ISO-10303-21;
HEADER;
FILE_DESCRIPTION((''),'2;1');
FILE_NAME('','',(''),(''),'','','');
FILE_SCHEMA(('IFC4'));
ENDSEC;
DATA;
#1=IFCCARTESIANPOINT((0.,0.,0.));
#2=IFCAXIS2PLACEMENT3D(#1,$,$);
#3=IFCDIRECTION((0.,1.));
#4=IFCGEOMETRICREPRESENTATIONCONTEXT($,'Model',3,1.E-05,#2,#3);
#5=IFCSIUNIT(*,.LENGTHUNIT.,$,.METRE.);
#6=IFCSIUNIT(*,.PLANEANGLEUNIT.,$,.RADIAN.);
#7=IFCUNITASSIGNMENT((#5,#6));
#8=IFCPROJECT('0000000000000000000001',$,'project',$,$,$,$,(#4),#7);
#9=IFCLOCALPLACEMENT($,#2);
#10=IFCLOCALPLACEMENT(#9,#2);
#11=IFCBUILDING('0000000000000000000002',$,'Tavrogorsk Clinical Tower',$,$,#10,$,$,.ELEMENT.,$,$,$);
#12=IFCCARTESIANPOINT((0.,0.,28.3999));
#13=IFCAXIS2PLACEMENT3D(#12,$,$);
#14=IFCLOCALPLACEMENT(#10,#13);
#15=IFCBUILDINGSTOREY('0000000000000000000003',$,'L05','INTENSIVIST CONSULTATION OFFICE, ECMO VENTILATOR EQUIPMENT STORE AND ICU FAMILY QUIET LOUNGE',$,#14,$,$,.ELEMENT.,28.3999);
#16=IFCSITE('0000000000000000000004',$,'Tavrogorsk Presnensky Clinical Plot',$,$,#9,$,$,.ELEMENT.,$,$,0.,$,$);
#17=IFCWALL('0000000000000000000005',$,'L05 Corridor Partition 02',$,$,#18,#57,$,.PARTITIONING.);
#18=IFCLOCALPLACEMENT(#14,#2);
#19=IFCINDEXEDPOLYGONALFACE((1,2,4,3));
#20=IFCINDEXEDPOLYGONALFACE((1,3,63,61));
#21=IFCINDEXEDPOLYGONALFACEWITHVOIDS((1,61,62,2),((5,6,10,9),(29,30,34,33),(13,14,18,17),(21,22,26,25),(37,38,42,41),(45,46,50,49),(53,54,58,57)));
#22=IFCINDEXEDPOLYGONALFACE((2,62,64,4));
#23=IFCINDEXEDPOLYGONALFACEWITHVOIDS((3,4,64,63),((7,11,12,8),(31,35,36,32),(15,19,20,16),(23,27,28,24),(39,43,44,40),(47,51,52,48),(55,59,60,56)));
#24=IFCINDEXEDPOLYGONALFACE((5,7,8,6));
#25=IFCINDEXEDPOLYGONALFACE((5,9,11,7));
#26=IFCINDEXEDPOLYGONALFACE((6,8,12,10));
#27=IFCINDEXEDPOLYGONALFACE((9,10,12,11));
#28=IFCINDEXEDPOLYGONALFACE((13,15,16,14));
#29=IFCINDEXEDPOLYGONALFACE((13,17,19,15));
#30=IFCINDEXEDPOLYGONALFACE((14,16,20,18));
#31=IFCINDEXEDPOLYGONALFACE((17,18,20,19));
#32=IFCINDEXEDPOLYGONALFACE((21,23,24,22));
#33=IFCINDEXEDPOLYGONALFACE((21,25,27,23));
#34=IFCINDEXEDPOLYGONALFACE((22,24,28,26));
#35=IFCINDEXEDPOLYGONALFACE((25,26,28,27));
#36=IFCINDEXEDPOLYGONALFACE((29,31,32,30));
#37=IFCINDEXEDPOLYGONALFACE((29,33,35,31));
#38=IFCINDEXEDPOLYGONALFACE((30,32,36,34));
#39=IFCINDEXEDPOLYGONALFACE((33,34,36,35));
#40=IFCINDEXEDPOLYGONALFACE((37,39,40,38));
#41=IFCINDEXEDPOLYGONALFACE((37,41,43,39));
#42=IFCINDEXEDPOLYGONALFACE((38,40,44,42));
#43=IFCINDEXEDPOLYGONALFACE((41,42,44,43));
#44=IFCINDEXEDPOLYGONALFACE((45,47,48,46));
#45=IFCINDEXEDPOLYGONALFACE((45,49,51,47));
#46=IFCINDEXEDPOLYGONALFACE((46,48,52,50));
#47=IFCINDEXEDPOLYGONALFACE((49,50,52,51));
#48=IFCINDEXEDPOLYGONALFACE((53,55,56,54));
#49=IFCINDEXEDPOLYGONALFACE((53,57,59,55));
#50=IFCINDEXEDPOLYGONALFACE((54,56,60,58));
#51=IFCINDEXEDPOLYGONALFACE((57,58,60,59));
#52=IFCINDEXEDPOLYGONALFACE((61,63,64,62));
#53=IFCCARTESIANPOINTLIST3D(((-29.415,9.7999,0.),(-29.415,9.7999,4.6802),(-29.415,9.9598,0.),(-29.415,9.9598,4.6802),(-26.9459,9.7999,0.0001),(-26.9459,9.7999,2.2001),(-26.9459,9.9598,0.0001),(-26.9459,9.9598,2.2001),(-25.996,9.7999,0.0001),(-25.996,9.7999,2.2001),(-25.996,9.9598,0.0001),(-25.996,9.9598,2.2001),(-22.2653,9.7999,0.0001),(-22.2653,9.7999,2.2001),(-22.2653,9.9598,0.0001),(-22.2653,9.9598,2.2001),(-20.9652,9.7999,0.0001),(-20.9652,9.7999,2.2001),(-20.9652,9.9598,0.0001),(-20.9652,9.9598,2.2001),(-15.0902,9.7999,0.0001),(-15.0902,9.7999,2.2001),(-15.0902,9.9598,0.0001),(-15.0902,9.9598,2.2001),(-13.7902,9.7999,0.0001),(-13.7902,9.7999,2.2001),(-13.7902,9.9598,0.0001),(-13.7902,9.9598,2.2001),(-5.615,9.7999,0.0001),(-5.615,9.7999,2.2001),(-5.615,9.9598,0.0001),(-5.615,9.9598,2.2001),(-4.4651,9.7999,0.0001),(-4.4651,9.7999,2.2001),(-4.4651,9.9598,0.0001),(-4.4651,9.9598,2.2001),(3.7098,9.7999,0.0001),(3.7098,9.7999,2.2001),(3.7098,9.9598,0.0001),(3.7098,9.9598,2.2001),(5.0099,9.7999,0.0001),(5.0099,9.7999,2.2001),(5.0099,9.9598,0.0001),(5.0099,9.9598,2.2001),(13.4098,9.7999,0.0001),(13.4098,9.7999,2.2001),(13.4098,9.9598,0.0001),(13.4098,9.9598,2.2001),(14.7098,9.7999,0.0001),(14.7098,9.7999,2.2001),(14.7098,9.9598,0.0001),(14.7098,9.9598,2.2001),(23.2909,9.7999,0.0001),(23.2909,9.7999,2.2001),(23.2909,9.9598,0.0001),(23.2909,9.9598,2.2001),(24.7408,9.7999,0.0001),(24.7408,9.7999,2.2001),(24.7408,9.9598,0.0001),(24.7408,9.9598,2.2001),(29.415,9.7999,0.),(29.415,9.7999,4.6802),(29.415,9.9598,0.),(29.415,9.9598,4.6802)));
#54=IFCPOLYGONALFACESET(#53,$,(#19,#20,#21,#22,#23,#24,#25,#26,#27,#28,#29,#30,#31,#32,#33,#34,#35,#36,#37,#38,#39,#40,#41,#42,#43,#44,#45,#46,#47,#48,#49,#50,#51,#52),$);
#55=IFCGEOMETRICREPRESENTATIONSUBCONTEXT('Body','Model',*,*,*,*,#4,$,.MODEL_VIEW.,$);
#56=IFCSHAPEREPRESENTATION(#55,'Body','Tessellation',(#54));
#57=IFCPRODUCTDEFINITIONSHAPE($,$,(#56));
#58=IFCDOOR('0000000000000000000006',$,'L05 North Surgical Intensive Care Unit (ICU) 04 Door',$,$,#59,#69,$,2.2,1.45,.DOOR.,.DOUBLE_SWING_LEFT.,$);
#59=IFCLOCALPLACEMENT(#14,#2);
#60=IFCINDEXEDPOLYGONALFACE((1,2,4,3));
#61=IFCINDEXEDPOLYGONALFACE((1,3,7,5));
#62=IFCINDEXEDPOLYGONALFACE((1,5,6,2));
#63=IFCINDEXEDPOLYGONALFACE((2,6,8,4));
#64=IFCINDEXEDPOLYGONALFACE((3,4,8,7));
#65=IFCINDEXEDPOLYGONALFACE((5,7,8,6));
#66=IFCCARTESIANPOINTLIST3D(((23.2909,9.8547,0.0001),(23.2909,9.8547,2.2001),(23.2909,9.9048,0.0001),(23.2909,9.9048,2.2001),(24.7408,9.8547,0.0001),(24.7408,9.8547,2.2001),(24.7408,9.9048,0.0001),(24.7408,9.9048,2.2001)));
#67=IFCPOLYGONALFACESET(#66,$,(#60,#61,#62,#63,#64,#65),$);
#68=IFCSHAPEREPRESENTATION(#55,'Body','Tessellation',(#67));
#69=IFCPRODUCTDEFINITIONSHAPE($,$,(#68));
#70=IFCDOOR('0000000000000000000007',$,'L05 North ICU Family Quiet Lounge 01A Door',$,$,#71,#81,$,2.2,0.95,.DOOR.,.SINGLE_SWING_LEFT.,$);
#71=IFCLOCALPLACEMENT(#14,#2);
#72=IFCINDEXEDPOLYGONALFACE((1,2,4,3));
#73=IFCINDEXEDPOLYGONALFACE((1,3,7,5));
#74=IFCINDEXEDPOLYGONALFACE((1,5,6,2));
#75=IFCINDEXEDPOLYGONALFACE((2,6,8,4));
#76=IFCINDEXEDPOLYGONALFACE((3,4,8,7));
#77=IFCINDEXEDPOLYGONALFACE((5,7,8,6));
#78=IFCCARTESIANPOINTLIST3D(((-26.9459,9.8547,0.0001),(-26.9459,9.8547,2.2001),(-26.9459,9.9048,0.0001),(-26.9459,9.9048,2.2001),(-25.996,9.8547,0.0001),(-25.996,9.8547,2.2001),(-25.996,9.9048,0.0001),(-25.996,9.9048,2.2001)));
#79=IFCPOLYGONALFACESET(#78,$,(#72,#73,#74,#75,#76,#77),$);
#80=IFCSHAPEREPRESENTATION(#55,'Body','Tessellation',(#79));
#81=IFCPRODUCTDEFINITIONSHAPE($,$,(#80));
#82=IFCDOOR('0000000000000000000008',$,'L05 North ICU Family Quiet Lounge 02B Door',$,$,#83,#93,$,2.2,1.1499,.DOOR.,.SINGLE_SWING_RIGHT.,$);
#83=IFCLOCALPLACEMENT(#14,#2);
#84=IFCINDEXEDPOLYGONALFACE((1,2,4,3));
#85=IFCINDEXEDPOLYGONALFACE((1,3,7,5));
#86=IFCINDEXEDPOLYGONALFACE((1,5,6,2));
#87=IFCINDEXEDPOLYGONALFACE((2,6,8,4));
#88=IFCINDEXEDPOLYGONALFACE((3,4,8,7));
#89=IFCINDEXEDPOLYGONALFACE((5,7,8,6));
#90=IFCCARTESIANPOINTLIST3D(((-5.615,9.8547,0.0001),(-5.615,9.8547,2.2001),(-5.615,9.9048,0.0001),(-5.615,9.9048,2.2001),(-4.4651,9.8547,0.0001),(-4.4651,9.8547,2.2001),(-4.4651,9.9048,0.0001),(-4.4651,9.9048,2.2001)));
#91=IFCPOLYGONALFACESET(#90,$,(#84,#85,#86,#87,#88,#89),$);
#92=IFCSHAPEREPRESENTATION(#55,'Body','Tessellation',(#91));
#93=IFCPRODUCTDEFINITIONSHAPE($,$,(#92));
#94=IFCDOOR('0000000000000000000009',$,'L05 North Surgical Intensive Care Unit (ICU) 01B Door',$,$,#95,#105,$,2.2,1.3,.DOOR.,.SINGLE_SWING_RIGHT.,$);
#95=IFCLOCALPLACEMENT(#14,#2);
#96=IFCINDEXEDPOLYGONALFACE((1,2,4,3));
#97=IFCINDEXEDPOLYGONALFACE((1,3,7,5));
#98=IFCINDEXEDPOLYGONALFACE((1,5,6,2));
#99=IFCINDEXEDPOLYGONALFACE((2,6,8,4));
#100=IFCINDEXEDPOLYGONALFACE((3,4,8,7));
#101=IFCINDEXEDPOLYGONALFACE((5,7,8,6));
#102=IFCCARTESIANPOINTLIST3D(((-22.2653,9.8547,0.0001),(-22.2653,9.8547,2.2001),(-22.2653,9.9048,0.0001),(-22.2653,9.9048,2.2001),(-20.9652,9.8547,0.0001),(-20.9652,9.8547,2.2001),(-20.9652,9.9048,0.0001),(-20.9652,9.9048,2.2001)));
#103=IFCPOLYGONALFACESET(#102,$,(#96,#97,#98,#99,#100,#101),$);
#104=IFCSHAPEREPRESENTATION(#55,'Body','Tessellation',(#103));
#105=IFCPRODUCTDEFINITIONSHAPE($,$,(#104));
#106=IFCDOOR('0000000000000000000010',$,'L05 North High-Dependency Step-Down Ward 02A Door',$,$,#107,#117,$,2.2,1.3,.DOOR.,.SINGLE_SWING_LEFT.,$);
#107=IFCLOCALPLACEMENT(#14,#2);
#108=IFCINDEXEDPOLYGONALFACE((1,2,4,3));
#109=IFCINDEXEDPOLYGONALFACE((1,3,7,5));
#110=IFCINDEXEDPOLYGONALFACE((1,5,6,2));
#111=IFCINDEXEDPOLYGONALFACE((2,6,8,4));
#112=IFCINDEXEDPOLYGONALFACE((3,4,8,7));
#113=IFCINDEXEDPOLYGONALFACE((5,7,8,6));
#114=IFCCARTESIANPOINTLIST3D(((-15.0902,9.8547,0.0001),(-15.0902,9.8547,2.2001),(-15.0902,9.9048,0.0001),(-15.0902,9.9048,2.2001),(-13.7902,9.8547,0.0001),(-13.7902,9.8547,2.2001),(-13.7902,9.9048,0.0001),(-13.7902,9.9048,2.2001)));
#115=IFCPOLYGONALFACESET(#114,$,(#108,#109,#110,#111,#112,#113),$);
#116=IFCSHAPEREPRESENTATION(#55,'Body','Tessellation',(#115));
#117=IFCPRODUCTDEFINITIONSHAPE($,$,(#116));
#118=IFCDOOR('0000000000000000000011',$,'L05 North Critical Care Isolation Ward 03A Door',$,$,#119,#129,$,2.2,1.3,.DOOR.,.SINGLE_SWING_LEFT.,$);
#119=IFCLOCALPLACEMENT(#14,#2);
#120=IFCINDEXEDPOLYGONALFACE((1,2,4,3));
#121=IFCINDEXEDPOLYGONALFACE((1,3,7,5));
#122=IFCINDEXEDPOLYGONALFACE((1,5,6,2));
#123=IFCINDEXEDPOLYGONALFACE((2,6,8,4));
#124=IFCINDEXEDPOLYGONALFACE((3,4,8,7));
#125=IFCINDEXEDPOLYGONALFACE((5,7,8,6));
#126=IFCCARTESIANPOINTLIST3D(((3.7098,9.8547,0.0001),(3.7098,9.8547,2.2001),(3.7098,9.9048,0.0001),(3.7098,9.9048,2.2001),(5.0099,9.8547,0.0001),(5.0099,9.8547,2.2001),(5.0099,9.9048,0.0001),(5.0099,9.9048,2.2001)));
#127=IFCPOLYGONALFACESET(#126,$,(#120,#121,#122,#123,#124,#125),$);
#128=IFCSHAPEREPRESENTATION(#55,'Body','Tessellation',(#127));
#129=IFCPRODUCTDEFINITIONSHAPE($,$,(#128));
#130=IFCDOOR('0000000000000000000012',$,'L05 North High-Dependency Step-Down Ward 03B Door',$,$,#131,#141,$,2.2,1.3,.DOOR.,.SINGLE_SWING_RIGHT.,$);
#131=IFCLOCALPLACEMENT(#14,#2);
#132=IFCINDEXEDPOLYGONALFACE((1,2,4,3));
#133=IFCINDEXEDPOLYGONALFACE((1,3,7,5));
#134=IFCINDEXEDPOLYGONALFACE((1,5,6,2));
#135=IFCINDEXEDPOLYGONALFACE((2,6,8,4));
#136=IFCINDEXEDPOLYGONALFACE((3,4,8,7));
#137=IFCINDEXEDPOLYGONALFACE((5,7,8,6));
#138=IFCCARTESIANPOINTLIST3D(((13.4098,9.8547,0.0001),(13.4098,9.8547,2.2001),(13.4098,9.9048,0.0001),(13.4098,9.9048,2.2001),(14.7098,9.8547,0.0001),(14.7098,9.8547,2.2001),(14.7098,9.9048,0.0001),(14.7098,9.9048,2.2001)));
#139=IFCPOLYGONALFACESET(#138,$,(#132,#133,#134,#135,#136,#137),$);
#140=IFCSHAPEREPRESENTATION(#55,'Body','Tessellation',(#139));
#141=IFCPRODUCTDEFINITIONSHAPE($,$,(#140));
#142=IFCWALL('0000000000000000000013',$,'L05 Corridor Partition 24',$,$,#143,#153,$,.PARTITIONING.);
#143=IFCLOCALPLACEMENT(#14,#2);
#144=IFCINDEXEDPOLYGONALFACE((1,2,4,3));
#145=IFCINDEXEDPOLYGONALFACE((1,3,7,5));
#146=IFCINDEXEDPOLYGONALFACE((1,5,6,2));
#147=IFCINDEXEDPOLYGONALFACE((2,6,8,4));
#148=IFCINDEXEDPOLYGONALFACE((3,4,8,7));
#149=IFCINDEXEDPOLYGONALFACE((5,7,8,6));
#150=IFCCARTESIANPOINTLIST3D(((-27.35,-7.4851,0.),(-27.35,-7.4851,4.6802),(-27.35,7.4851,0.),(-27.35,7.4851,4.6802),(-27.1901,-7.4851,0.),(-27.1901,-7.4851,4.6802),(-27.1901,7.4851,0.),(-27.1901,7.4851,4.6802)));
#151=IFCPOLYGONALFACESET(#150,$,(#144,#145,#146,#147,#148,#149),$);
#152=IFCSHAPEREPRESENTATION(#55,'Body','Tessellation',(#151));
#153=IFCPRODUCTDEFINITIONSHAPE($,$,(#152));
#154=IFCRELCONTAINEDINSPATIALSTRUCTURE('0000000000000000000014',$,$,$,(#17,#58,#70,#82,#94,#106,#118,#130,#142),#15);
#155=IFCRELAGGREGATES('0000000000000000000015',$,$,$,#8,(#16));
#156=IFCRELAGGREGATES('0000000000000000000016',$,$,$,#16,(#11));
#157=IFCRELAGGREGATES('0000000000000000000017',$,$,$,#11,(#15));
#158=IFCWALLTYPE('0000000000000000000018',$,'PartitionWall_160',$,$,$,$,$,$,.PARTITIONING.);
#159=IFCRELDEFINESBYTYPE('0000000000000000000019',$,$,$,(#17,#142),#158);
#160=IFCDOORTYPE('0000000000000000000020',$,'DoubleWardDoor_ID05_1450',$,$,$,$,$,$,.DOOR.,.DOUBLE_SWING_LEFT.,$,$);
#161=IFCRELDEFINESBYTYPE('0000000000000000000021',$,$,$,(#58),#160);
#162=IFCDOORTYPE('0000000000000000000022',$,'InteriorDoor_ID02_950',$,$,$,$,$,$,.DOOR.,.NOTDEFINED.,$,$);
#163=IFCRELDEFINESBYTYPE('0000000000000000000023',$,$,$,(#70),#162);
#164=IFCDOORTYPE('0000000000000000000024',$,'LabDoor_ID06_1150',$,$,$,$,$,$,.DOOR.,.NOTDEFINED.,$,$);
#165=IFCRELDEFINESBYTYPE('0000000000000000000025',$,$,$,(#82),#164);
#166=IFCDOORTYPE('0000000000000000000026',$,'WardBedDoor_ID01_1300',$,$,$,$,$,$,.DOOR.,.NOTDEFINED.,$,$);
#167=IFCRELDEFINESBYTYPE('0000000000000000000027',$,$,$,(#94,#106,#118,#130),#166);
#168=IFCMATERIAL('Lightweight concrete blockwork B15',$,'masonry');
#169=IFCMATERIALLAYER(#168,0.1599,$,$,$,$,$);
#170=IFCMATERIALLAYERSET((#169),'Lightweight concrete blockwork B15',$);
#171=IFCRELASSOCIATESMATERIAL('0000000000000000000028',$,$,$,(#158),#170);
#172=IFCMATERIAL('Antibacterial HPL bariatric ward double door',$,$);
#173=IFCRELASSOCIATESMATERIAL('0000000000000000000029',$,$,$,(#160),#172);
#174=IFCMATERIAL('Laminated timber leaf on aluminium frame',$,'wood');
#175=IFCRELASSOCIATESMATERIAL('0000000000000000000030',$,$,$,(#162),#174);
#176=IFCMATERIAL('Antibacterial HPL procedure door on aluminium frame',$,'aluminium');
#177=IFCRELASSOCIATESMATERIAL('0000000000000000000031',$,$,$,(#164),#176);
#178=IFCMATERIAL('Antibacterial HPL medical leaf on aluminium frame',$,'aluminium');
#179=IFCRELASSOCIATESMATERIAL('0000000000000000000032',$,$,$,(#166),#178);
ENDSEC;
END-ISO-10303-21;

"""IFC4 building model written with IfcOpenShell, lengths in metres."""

from ifc_helpers import new_model, si_unit, direction, frame, frame_2d, origin, place, context, subcontext, project, spatial, rectangle, extrude, material, layer, layer_set, type_object, element, fill, save


model = new_model("IFC4")

# Units and contexts
model_context = context("Model", 3, precision=1e-05, world=origin(), true_north=direction((0.0, 1.0)))
body_context = subcontext(model_context, "Body", "Model", "MODEL_VIEW")
ifc_project = project(units=[si_unit("LENGTHUNIT", "METRE"), si_unit("PLANEANGLEUNIT", "RADIAN")], contexts=[model_context])

# Site, building, storey
site_placement = place(None, origin())
site = spatial("IfcSite", under=ifc_project, at=site_placement, Name="Tavrogorsk Presnensky Clinical Plot", CompositionType="ELEMENT", RefElevation=0.0)
building_placement = place(site_placement, origin())
building = spatial("IfcBuilding", under=site, at=building_placement, Name="Tavrogorsk Clinical Tower", CompositionType="ELEMENT")
storey_placement = place(building_placement, frame((0.0, 0.0, 28.3999)))
storey = spatial("IfcBuildingStorey", under=building, at=storey_placement, Name="L05", Description="INTENSIVIST CONSULTATION OFFICE, ECMO VENTILATOR EQUIPMENT STORE AND ICU FAMILY QUIET LOUNGE", CompositionType="ELEMENT", Elevation=28.3999)

# Wall, openings, doors
ifc_material_1 = material(Name="Lightweight concrete blockwork B15", Category="masonry")
ifc_layer_1 = layer(ifc_material_1, 0.1599)
ifc_layer_set_1 = layer_set([ifc_layer_1], Name="Lightweight concrete blockwork B15")
wall_type_1 = type_object("IfcWallType", Name="PartitionWall_160", PredefinedType="PARTITIONING", material=ifc_layer_set_1)
wall_1_placement = place(storey_placement, frame((-29.415, 9.8799, 0.0), z_axis=(0.0, 0.0, 1.0), x_axis=(1.0, 0.0, 0.0)))
wall_1 = element("IfcWall", 1, at=wall_1_placement, inside=storey, type_object=wall_type_1, Name="L05 Corridor Partition 02", PredefinedType="PARTITIONING", context=body_context, shape_type="SweptSolid", body=[
    extrude(rectangle(XDim=58.8301, YDim=0.1599, at=frame_2d((29.415, 0.0))), origin(), (0.0, 0.0, 1.0), 4.6802),
])
opening_1_placement = place(wall_1_placement, frame((2.469, 0.0, 0.0)))
opening_1 = element("IfcOpeningElement", 2, at=opening_1_placement, cuts=wall_1, PredefinedType="OPENING", context=body_context, shape_type="SweptSolid", body=[
    extrude(rectangle(XDim=0.95, YDim=2.2, at=frame_2d((0.4751, 1.1001))), frame((0.0, 0.0898, 0.0), z_axis=(0.0, -1.0, 0.0), x_axis=(1.0, 0.0, 0.0)), (0.0, 0.0, 1.0), 0.1799),
])
opening_2_placement = place(wall_1_placement, frame((7.1499, 0.0, 0.0)))
opening_2 = element("IfcOpeningElement", 3, at=opening_2_placement, cuts=wall_1, PredefinedType="OPENING", context=body_context, shape_type="SweptSolid", body=[
    extrude(rectangle(XDim=1.3, YDim=2.2, at=frame_2d((0.6499, 1.1001))), frame((0.0, 0.0898, 0.0), z_axis=(0.0, -1.0, 0.0), x_axis=(1.0, 0.0, 0.0)), (0.0, 0.0, 1.0), 0.1799),
])
opening_3_placement = place(wall_1_placement, frame((14.325, 0.0, 0.0)))
opening_3 = element("IfcOpeningElement", 4, at=opening_3_placement, cuts=wall_1, PredefinedType="OPENING", context=body_context, shape_type="SweptSolid", body=[
    extrude(rectangle(XDim=1.3, YDim=2.2, at=frame_2d((0.6499, 1.1001))), frame((0.0, 0.0898, 0.0), z_axis=(0.0, -1.0, 0.0), x_axis=(1.0, 0.0, 0.0)), (0.0, 0.0, 1.0), 0.1799),
])
opening_4_placement = place(wall_1_placement, frame((23.8, 0.0, 0.0)))
opening_4 = element("IfcOpeningElement", 5, at=opening_4_placement, cuts=wall_1, PredefinedType="OPENING", context=body_context, shape_type="SweptSolid", body=[
    extrude(rectangle(XDim=1.1499, YDim=2.2, at=frame_2d((0.575, 1.1001))), frame((0.0, 0.0898, 0.0), z_axis=(0.0, -1.0, 0.0), x_axis=(1.0, 0.0, 0.0)), (0.0, 0.0, 1.0), 0.1799),
])
opening_5_placement = place(wall_1_placement, frame((33.125, 0.0, 0.0)))
opening_5 = element("IfcOpeningElement", 6, at=opening_5_placement, cuts=wall_1, PredefinedType="OPENING", context=body_context, shape_type="SweptSolid", body=[
    extrude(rectangle(XDim=1.3, YDim=2.2, at=frame_2d((0.6499, 1.1001))), frame((0.0, 0.0898, 0.0), z_axis=(0.0, -1.0, 0.0), x_axis=(1.0, 0.0, 0.0)), (0.0, 0.0, 1.0), 0.1799),
])
opening_6_placement = place(wall_1_placement, frame((42.825, 0.0, 0.0)))
opening_6 = element("IfcOpeningElement", 7, at=opening_6_placement, cuts=wall_1, PredefinedType="OPENING", context=body_context, shape_type="SweptSolid", body=[
    extrude(rectangle(XDim=1.3, YDim=2.2, at=frame_2d((0.6499, 1.1001))), frame((0.0, 0.0898, 0.0), z_axis=(0.0, -1.0, 0.0), x_axis=(1.0, 0.0, 0.0)), (0.0, 0.0, 1.0), 0.1799),
])
opening_7_placement = place(wall_1_placement, frame((52.7058, 0.0, 0.0)))
opening_7 = element("IfcOpeningElement", 8, at=opening_7_placement, cuts=wall_1, PredefinedType="OPENING", context=body_context, shape_type="SweptSolid", body=[
    extrude(rectangle(XDim=1.45, YDim=2.2, at=frame_2d((0.7251, 1.1001))), frame((0.0, 0.0898, 0.0), z_axis=(0.0, -1.0, 0.0), x_axis=(1.0, 0.0, 0.0)), (0.0, 0.0, 1.0), 0.1799),
])
ifc_material_2 = material(Name="Antibacterial HPL bariatric ward double door")
door_type_1 = type_object("IfcDoorType", Name="DoubleWardDoor_ID05_1450", OperationType="DOUBLE_SWING_LEFT", PredefinedType="DOOR", material=ifc_material_2)
door_1_placement = place(opening_7_placement, origin())
door_1 = element("IfcDoor", 9, at=door_1_placement, inside=storey, type_object=door_type_1, Name="L05 North Surgical Intensive Care Unit (ICU) 04 Door", OperationType="DOUBLE_SWING_LEFT", OverallHeight=2.2, OverallWidth=1.45, PredefinedType="DOOR", context=body_context, shape_type="SweptSolid", body=[
    extrude(rectangle(XDim=1.45, YDim=2.2, at=frame_2d((0.7251, 1.1001))), frame((0.0, 0.0249, 0.0), z_axis=(0.0, -1.0, 0.0), x_axis=(1.0, 0.0, 0.0)), (0.0, 0.0, 1.0), 0.05),
])
fill(opening_7, door_1)
ifc_material_3 = material(Name="Laminated timber leaf on aluminium frame", Category="wood")
door_type_2 = type_object("IfcDoorType", Name="InteriorDoor_ID02_950", OperationType="NOTDEFINED", PredefinedType="DOOR", material=ifc_material_3)
door_2_placement = place(opening_1_placement, origin())
door_2 = element("IfcDoor", 10, at=door_2_placement, inside=storey, type_object=door_type_2, Name="L05 North ICU Family Quiet Lounge 01A Door", OperationType="SINGLE_SWING_LEFT", OverallHeight=2.2, OverallWidth=0.95, PredefinedType="DOOR", context=body_context, shape_type="SweptSolid", body=[
    extrude(rectangle(XDim=0.95, YDim=2.2, at=frame_2d((0.4751, 1.1001))), frame((0.0, 0.0249, 0.0), z_axis=(0.0, -1.0, 0.0), x_axis=(1.0, 0.0, 0.0)), (0.0, 0.0, 1.0), 0.05),
])
fill(opening_1, door_2)
ifc_material_4 = material(Name="Antibacterial HPL procedure door on aluminium frame", Category="aluminium")
door_type_3 = type_object("IfcDoorType", Name="LabDoor_ID06_1150", OperationType="NOTDEFINED", PredefinedType="DOOR", material=ifc_material_4)
door_3_placement = place(opening_4_placement, origin())
door_3 = element("IfcDoor", 11, at=door_3_placement, inside=storey, type_object=door_type_3, Name="L05 North ICU Family Quiet Lounge 02B Door", OperationType="SINGLE_SWING_RIGHT", OverallHeight=2.2, OverallWidth=1.1499, PredefinedType="DOOR", context=body_context, shape_type="SweptSolid", body=[
    extrude(rectangle(XDim=1.1499, YDim=2.2, at=frame_2d((0.575, 1.1001))), frame((0.0, 0.0249, 0.0), z_axis=(0.0, -1.0, 0.0), x_axis=(1.0, 0.0, 0.0)), (0.0, 0.0, 1.0), 0.05),
])
fill(opening_4, door_3)
ifc_material_5 = material(Name="Antibacterial HPL medical leaf on aluminium frame", Category="aluminium")
door_type_4 = type_object("IfcDoorType", Name="WardBedDoor_ID01_1300", OperationType="NOTDEFINED", PredefinedType="DOOR", material=ifc_material_5)
door_4_placement = place(opening_2_placement, origin())
door_4 = element("IfcDoor", 12, at=door_4_placement, inside=storey, type_object=door_type_4, Name="L05 North Surgical Intensive Care Unit (ICU) 01B Door", OperationType="SINGLE_SWING_RIGHT", OverallHeight=2.2, OverallWidth=1.3, PredefinedType="DOOR", context=body_context, shape_type="SweptSolid", body=[
    extrude(rectangle(XDim=1.3, YDim=2.2, at=frame_2d((0.6499, 1.1001))), frame((0.0, 0.0249, 0.0), z_axis=(0.0, -1.0, 0.0), x_axis=(1.0, 0.0, 0.0)), (0.0, 0.0, 1.0), 0.05),
])
fill(opening_2, door_4)
door_5_placement = place(opening_3_placement, origin())
door_5 = element("IfcDoor", 13, at=door_5_placement, inside=storey, type_object=door_type_4, Name="L05 North High-Dependency Step-Down Ward 02A Door", OperationType="SINGLE_SWING_LEFT", OverallHeight=2.2, OverallWidth=1.3, PredefinedType="DOOR", context=body_context, shape_type="SweptSolid", body=[
    extrude(rectangle(XDim=1.3, YDim=2.2, at=frame_2d((0.6499, 1.1001))), frame((0.0, 0.0249, 0.0), z_axis=(0.0, -1.0, 0.0), x_axis=(1.0, 0.0, 0.0)), (0.0, 0.0, 1.0), 0.05),
])
fill(opening_3, door_5)
door_6_placement = place(opening_5_placement, origin())
door_6 = element("IfcDoor", 14, at=door_6_placement, inside=storey, type_object=door_type_4, Name="L05 North Critical Care Isolation Ward 03A Door", OperationType="SINGLE_SWING_LEFT", OverallHeight=2.2, OverallWidth=1.3, PredefinedType="DOOR", context=body_context, shape_type="SweptSolid", body=[
    extrude(rectangle(XDim=1.3, YDim=2.2, at=frame_2d((0.6499, 1.1001))), frame((0.0, 0.0249, 0.0), z_axis=(0.0, -1.0, 0.0), x_axis=(1.0, 0.0, 0.0)), (0.0, 0.0, 1.0), 0.05),
])
fill(opening_5, door_6)
door_7_placement = place(opening_6_placement, origin())
door_7 = element("IfcDoor", 15, at=door_7_placement, inside=storey, type_object=door_type_4, Name="L05 North High-Dependency Step-Down Ward 03B Door", OperationType="SINGLE_SWING_RIGHT", OverallHeight=2.2, OverallWidth=1.3, PredefinedType="DOOR", context=body_context, shape_type="SweptSolid", body=[
    extrude(rectangle(XDim=1.3, YDim=2.2, at=frame_2d((0.6499, 1.1001))), frame((0.0, 0.0249, 0.0), z_axis=(0.0, -1.0, 0.0), x_axis=(1.0, 0.0, 0.0)), (0.0, 0.0, 1.0), 0.05),
])
fill(opening_6, door_7)

# Wall
wall_2_placement = place(storey_placement, frame((-27.27, 7.4851, 0.0), z_axis=(0.0, 0.0, 1.0), x_axis=(0.0, -1.0, 0.0)))
element("IfcWall", 16, at=wall_2_placement, inside=storey, type_object=wall_type_1, Name="L05 Corridor Partition 24", PredefinedType="PARTITIONING", context=body_context, shape_type="SweptSolid", body=[
    extrude(rectangle(XDim=14.9702, YDim=0.1599, at=frame_2d((7.4851, 0.0))), origin(), (0.0, 0.0, 1.0), 4.6802),
])

save(model, "model.ifc")
